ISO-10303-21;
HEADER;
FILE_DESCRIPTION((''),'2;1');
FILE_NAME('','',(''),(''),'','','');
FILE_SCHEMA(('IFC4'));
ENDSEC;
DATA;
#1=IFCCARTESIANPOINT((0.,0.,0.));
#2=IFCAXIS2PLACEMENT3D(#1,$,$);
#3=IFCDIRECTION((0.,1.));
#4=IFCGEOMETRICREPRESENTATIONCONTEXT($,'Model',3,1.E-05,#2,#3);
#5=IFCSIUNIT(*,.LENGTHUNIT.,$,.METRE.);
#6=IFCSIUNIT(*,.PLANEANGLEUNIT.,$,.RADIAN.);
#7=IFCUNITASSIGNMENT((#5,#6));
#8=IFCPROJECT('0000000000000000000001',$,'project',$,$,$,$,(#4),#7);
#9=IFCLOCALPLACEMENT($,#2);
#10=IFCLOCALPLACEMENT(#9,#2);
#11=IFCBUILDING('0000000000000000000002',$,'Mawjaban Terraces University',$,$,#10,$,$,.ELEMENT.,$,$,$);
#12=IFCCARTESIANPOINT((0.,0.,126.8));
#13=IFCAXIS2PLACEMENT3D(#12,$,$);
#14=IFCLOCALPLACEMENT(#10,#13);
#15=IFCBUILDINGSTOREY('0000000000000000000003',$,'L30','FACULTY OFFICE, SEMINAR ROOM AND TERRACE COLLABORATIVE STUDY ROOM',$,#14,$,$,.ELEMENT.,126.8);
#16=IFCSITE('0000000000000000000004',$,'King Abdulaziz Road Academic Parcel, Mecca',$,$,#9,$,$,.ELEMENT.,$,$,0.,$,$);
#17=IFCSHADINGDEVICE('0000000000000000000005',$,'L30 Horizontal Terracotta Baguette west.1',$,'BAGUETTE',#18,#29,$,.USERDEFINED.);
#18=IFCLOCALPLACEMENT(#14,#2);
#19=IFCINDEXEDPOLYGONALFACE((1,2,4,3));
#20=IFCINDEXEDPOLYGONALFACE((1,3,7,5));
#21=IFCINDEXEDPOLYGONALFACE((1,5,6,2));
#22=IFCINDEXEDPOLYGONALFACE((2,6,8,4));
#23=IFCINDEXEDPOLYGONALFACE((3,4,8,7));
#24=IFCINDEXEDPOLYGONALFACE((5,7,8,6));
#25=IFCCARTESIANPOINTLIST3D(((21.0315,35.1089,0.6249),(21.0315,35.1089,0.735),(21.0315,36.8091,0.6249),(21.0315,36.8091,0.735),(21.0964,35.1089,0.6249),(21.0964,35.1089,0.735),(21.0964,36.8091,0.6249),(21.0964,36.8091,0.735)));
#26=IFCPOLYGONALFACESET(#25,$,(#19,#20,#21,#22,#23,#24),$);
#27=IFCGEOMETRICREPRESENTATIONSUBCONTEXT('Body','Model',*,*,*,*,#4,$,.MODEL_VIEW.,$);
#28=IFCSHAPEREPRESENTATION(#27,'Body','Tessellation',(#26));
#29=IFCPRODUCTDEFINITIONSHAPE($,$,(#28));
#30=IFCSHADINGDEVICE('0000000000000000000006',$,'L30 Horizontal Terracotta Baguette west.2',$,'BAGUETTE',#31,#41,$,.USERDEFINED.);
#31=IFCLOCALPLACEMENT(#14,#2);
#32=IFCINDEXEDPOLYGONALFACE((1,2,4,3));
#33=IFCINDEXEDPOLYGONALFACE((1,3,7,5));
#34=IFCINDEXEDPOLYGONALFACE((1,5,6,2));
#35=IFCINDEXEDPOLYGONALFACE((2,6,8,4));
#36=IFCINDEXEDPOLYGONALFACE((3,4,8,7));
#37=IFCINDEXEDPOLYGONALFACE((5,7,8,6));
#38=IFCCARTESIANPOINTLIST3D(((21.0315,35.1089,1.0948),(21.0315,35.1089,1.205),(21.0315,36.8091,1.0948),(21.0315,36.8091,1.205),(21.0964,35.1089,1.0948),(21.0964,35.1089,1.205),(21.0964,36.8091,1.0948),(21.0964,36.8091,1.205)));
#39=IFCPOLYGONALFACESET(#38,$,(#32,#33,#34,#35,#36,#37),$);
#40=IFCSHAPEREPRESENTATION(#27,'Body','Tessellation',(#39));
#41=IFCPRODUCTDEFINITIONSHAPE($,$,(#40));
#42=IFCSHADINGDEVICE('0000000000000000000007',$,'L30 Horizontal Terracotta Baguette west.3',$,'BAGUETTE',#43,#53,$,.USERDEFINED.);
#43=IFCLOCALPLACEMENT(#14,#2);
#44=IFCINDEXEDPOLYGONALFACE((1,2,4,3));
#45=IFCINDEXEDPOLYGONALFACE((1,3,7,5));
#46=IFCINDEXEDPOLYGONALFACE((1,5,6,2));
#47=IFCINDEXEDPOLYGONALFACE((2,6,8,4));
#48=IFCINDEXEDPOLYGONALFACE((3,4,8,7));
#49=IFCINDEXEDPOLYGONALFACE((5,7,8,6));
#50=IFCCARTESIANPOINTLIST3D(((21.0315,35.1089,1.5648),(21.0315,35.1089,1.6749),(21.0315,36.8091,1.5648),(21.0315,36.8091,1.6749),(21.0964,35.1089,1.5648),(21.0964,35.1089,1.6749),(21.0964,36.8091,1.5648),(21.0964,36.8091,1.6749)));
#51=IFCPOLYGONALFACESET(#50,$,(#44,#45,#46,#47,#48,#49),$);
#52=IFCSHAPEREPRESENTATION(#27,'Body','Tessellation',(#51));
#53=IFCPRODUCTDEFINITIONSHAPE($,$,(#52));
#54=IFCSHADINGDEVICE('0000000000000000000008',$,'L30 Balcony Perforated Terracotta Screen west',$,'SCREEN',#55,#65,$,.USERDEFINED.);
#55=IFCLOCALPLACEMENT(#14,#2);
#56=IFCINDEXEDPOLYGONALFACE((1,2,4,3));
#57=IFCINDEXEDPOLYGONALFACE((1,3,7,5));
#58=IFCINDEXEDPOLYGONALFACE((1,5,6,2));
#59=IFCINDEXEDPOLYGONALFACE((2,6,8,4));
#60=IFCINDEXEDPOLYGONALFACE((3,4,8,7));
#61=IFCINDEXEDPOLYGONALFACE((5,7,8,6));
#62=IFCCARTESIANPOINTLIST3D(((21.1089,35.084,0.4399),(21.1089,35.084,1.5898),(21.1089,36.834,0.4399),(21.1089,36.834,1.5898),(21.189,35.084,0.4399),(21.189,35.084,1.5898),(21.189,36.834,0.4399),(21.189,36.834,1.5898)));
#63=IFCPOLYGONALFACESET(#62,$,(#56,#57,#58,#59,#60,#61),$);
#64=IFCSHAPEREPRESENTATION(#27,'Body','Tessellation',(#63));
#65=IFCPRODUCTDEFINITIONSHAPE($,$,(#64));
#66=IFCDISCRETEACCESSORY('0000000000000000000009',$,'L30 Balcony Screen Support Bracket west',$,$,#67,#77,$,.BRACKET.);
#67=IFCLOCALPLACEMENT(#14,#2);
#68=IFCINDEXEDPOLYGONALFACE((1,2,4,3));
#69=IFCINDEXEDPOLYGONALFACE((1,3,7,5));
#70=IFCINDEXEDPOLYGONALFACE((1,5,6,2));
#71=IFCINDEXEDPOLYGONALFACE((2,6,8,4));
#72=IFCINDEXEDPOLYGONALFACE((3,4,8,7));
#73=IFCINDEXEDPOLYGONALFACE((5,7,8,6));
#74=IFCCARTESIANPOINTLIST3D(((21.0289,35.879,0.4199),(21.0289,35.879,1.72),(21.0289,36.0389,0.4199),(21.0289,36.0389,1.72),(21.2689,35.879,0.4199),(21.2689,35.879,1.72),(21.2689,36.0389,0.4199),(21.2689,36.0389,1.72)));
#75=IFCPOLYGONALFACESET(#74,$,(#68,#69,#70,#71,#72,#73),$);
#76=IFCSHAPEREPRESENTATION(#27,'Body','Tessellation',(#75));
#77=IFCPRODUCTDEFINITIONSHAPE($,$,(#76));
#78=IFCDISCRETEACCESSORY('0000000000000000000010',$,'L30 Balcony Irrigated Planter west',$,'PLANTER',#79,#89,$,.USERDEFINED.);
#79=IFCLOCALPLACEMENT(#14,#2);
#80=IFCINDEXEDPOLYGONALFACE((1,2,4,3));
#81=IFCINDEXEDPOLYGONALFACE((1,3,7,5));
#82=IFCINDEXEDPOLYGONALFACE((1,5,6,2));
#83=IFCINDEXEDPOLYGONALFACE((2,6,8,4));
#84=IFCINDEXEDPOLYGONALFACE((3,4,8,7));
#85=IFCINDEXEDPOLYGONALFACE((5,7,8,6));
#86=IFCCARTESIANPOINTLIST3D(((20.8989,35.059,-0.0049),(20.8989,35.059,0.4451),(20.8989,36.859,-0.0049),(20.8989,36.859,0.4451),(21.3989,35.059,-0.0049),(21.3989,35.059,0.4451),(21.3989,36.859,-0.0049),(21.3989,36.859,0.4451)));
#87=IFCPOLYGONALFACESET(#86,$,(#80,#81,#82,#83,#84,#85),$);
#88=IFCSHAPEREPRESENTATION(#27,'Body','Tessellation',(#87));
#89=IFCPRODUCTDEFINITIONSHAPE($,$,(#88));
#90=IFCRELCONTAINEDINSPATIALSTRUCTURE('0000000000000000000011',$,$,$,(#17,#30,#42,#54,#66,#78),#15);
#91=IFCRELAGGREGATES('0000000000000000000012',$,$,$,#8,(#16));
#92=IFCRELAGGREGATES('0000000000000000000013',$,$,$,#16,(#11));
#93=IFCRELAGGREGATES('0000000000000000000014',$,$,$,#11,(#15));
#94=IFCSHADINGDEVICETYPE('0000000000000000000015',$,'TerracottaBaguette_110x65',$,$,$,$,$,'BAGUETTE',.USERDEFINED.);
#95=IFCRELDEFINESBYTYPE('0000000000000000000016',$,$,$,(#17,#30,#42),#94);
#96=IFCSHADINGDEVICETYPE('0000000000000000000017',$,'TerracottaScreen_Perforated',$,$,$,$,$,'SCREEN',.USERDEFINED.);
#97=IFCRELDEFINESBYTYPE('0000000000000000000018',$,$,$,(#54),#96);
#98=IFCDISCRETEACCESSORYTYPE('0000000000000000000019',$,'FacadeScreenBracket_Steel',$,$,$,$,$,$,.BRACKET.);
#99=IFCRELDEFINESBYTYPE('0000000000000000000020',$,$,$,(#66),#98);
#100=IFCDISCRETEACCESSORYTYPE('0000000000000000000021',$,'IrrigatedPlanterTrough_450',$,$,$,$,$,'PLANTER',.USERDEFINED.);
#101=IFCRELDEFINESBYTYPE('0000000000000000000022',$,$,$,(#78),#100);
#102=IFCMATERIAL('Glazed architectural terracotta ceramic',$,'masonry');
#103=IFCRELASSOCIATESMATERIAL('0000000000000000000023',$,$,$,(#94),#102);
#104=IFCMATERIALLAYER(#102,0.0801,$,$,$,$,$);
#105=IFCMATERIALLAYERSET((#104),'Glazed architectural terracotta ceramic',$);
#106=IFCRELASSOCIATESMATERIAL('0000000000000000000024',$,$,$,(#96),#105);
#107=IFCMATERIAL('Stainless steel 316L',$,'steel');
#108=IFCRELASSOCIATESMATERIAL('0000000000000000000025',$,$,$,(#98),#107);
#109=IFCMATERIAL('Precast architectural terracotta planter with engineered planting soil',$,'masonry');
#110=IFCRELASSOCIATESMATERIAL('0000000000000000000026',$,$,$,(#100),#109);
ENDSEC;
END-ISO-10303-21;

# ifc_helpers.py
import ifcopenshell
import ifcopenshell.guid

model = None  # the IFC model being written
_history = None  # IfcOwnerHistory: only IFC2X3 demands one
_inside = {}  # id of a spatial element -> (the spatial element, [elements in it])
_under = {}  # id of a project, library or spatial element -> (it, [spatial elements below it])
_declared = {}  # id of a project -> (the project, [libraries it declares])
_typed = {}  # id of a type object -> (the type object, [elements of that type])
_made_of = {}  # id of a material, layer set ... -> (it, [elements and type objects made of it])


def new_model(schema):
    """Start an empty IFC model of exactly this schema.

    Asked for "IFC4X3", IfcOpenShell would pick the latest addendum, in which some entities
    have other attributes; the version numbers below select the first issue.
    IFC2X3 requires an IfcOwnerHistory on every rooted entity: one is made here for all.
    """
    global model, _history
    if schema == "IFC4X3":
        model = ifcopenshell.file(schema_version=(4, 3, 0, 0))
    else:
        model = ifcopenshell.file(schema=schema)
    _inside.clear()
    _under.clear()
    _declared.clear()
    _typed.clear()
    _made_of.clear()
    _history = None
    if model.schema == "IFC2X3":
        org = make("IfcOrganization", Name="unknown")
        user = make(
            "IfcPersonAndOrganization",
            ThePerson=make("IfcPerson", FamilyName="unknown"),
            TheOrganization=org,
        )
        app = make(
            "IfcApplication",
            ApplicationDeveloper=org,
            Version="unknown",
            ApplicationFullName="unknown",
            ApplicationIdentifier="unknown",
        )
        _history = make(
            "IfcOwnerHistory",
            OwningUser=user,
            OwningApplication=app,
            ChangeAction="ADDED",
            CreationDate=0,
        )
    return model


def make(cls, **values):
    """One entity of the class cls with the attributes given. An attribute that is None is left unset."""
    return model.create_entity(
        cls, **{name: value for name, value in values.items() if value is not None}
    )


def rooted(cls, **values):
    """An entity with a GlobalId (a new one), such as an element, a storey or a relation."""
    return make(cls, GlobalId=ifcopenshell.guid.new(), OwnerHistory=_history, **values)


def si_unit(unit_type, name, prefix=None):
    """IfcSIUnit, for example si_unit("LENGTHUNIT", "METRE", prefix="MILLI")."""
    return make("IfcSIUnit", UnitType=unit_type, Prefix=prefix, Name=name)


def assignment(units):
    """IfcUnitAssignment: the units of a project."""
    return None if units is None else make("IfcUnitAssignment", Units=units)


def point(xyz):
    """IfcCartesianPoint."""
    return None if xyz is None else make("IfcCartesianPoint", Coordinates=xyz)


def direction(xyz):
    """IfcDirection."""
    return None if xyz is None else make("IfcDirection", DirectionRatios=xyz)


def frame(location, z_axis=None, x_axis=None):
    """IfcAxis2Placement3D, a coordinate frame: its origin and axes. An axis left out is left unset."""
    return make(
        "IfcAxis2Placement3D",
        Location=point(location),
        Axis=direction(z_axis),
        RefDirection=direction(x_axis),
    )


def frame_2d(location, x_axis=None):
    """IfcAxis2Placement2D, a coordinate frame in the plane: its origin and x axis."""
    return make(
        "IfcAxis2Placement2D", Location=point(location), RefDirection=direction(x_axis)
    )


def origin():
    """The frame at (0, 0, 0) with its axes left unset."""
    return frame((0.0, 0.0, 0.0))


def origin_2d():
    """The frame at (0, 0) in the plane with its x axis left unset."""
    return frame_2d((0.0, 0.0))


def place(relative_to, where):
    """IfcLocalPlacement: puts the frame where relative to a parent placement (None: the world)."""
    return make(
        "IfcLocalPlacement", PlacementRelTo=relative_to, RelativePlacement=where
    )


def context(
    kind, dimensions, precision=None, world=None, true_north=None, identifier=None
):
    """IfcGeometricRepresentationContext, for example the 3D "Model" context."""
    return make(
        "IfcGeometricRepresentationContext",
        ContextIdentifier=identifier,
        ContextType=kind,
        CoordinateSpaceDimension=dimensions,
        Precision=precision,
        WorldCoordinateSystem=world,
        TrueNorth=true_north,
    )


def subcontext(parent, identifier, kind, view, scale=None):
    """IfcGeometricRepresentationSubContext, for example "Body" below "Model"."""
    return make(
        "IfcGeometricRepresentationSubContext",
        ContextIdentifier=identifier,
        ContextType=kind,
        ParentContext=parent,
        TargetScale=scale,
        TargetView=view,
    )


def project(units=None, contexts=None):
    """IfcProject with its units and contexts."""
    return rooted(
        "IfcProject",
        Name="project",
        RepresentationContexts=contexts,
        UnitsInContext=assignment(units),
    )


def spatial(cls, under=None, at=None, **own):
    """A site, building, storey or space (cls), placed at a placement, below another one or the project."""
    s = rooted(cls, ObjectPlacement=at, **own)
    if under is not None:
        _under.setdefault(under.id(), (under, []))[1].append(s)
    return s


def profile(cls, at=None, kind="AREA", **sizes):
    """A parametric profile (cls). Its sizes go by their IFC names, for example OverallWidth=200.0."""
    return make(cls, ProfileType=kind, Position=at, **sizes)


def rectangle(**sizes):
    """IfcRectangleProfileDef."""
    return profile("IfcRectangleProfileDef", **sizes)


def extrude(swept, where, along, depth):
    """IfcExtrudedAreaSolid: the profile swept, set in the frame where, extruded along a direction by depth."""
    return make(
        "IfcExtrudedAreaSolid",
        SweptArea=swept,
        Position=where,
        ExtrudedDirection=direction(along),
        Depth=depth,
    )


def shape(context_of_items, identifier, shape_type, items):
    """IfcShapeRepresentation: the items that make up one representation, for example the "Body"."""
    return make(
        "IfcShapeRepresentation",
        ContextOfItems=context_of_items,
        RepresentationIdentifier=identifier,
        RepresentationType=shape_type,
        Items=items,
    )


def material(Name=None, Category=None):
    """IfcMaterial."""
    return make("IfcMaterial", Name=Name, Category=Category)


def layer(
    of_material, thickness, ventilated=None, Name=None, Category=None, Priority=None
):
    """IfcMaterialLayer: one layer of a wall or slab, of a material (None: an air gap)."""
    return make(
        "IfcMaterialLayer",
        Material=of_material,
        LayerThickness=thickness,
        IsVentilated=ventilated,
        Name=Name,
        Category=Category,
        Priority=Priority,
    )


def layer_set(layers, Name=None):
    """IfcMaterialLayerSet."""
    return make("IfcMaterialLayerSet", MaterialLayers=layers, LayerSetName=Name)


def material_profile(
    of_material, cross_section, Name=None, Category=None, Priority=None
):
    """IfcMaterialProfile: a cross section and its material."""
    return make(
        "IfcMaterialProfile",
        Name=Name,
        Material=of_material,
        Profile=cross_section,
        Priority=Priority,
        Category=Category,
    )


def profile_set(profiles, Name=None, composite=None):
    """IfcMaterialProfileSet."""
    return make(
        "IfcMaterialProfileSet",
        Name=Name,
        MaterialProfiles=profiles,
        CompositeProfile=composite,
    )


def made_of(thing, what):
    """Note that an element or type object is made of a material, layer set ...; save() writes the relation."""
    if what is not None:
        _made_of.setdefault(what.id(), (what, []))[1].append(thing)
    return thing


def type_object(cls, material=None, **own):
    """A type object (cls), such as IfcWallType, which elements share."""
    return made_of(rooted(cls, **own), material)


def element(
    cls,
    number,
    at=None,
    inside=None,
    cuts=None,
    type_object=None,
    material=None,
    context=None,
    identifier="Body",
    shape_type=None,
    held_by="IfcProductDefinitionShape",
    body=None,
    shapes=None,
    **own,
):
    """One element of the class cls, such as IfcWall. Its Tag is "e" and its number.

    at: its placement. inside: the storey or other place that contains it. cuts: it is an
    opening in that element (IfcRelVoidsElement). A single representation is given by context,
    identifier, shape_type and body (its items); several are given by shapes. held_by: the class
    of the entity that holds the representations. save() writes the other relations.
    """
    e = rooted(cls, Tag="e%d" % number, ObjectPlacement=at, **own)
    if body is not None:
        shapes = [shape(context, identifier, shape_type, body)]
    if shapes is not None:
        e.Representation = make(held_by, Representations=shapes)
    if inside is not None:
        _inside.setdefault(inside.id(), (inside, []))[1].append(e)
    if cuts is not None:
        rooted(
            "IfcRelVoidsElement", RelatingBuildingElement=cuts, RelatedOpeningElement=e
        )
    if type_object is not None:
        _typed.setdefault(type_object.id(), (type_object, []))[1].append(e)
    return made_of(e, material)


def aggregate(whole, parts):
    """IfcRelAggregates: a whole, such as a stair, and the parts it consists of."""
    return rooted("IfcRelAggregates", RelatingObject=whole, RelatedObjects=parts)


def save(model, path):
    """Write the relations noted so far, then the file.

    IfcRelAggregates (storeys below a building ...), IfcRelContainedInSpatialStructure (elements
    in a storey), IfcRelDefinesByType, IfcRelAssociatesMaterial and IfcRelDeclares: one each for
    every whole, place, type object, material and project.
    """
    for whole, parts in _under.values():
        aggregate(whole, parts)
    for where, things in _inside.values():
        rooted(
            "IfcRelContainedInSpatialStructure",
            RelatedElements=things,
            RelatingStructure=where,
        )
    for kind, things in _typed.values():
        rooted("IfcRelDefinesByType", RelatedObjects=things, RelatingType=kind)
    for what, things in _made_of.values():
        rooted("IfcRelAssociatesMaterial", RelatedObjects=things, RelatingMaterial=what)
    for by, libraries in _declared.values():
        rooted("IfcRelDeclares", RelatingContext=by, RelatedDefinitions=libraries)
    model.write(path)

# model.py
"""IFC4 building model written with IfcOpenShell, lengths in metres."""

from ifc_helpers import new_model, si_unit, direction, frame, origin, origin_2d, place, context, subcontext, project, spatial, rectangle, extrude, material, layer, layer_set, material_profile, profile_set, type_object, element, save


model = new_model("IFC4")

# Units and contexts
model_context = context("Model", 3, precision=1e-05, world=origin(), true_north=direction((0.0, 1.0)))
body_context = subcontext(model_context, "Body", "Model", "MODEL_VIEW")
ifc_project = project(units=[si_unit("LENGTHUNIT", "METRE"), si_unit("PLANEANGLEUNIT", "RADIAN")], contexts=[model_context])

# Site, building, storey
site_placement = place(None, origin())
site = spatial("IfcSite", under=ifc_project, at=site_placement, Name="King Abdulaziz Road Academic Parcel, Mecca", CompositionType="ELEMENT", RefElevation=0.0)
building_placement = place(site_placement, origin())
building = spatial("IfcBuilding", under=site, at=building_placement, Name="Mawjaban Terraces University", CompositionType="ELEMENT")
storey_placement = place(building_placement, frame((0.0, 0.0, 126.8)))
storey = spatial("IfcBuildingStorey", under=building, at=storey_placement, Name="L30", Description="FACULTY OFFICE, SEMINAR ROOM AND TERRACE COLLABORATIVE STUDY ROOM", CompositionType="ELEMENT", Elevation=126.8)

# Shading devices
ifc_material_1 = material(Name="Glazed architectural terracotta ceramic", Category="masonry")
ifc_material_profile_1 = material_profile(ifc_material_1, rectangle(XDim=0.0649, YDim=0.1101, at=origin_2d()), Name="TBAG110X65")
ifc_profile_set_1 = profile_set([ifc_material_profile_1], Name="Glazed architectural terracotta ceramic")
shading_device_type_1 = type_object("IfcShadingDeviceType", Name="TerracottaBaguette_110x65", ElementType="BAGUETTE", PredefinedType="USERDEFINED", material=ifc_profile_set_1)
for number, where, z_axis, x_axis, name in (
    (1, (21.064, 35.1089, 0.6799), (0.0, 1.0, 0.0), (-1.0, 0.0, 0.0), "L30 Horizontal Terracotta Baguette west.1"),
    (2, (21.064, 35.1089, 1.1499), (0.0, 1.0, 0.0), (-1.0, 0.0, 0.0), "L30 Horizontal Terracotta Baguette west.2"),
    (3, (21.064, 35.1089, 1.6199), (0.0, 1.0, 0.0), (-1.0, 0.0, 0.0), "L30 Horizontal Terracotta Baguette west.3"),
):
    element("IfcShadingDevice", number, at=place(storey_placement, frame(where, z_axis=z_axis, x_axis=x_axis)), inside=storey, type_object=shading_device_type_1, Name=name, ObjectType="BAGUETTE", PredefinedType="USERDEFINED", context=body_context, shape_type="SweptSolid", body=[
        extrude(rectangle(XDim=0.0649, YDim=0.1101, at=origin_2d()), origin(), (0.0, 0.0, 1.0), 1.7002),
    ])
ifc_layer_1 = layer(ifc_material_1, 0.0801)
ifc_layer_set_1 = layer_set([ifc_layer_1], Name="Glazed architectural terracotta ceramic")
shading_device_type_2 = type_object("IfcShadingDeviceType", Name="TerracottaScreen_Perforated", ElementType="SCREEN", PredefinedType="USERDEFINED", material=ifc_layer_set_1)
shading_device_placement = place(storey_placement, frame((21.1489, 35.959, 0.4399), z_axis=(0.0, 0.0, 1.0), x_axis=(0.0, 1.0, 0.0)))
element("IfcShadingDevice", 4, at=shading_device_placement, inside=storey, type_object=shading_device_type_2, Name="L30 Balcony Perforated Terracotta Screen west", ObjectType="SCREEN", PredefinedType="USERDEFINED", context=body_context, shape_type="SweptSolid", body=[
    extrude(rectangle(XDim=1.75, YDim=0.0801, at=origin_2d()), origin(), (0.0, 0.0, 1.0), 1.1499),
])

# Discrete accessories
ifc_material_2 = material(Name="Stainless steel 316L", Category="steel")
discrete_accessory_type_1 = type_object("IfcDiscreteAccessoryType", Name="FacadeScreenBracket_Steel", PredefinedType="BRACKET", material=ifc_material_2)
discrete_accessory_1_placement = place(storey_placement, frame((21.1489, 35.959, 0.4199), z_axis=(0.0, 0.0, 1.0), x_axis=(0.0, 1.0, 0.0)))
element("IfcDiscreteAccessory", 5, at=discrete_accessory_1_placement, inside=storey, type_object=discrete_accessory_type_1, Name="L30 Balcony Screen Support Bracket west", PredefinedType="BRACKET", context=body_context, shape_type="SweptSolid", body=[
    extrude(rectangle(XDim=0.1599, YDim=0.24, at=origin_2d()), origin(), (0.0, 0.0, 1.0), 1.3),
])
ifc_material_3 = material(Name="Precast architectural terracotta planter with engineered planting soil", Category="masonry")
discrete_accessory_type_2 = type_object("IfcDiscreteAccessoryType", Name="IrrigatedPlanterTrough_450", ElementType="PLANTER", PredefinedType="USERDEFINED", material=ifc_material_3)
discrete_accessory_2_placement = place(storey_placement, frame((21.1489, 35.959, -0.0049), z_axis=(0.0, 0.0, 1.0), x_axis=(0.0, 1.0, 0.0)))
element("IfcDiscreteAccessory", 6, at=discrete_accessory_2_placement, inside=storey, type_object=discrete_accessory_type_2, Name="L30 Balcony Irrigated Planter west", ObjectType="PLANTER", PredefinedType="USERDEFINED", context=body_context, shape_type="SweptSolid", body=[
    extrude(rectangle(XDim=1.8, YDim=0.5, at=origin_2d()), origin(), (0.0, 0.0, 1.0), 0.45),
])

save(model, "model.ifc")
